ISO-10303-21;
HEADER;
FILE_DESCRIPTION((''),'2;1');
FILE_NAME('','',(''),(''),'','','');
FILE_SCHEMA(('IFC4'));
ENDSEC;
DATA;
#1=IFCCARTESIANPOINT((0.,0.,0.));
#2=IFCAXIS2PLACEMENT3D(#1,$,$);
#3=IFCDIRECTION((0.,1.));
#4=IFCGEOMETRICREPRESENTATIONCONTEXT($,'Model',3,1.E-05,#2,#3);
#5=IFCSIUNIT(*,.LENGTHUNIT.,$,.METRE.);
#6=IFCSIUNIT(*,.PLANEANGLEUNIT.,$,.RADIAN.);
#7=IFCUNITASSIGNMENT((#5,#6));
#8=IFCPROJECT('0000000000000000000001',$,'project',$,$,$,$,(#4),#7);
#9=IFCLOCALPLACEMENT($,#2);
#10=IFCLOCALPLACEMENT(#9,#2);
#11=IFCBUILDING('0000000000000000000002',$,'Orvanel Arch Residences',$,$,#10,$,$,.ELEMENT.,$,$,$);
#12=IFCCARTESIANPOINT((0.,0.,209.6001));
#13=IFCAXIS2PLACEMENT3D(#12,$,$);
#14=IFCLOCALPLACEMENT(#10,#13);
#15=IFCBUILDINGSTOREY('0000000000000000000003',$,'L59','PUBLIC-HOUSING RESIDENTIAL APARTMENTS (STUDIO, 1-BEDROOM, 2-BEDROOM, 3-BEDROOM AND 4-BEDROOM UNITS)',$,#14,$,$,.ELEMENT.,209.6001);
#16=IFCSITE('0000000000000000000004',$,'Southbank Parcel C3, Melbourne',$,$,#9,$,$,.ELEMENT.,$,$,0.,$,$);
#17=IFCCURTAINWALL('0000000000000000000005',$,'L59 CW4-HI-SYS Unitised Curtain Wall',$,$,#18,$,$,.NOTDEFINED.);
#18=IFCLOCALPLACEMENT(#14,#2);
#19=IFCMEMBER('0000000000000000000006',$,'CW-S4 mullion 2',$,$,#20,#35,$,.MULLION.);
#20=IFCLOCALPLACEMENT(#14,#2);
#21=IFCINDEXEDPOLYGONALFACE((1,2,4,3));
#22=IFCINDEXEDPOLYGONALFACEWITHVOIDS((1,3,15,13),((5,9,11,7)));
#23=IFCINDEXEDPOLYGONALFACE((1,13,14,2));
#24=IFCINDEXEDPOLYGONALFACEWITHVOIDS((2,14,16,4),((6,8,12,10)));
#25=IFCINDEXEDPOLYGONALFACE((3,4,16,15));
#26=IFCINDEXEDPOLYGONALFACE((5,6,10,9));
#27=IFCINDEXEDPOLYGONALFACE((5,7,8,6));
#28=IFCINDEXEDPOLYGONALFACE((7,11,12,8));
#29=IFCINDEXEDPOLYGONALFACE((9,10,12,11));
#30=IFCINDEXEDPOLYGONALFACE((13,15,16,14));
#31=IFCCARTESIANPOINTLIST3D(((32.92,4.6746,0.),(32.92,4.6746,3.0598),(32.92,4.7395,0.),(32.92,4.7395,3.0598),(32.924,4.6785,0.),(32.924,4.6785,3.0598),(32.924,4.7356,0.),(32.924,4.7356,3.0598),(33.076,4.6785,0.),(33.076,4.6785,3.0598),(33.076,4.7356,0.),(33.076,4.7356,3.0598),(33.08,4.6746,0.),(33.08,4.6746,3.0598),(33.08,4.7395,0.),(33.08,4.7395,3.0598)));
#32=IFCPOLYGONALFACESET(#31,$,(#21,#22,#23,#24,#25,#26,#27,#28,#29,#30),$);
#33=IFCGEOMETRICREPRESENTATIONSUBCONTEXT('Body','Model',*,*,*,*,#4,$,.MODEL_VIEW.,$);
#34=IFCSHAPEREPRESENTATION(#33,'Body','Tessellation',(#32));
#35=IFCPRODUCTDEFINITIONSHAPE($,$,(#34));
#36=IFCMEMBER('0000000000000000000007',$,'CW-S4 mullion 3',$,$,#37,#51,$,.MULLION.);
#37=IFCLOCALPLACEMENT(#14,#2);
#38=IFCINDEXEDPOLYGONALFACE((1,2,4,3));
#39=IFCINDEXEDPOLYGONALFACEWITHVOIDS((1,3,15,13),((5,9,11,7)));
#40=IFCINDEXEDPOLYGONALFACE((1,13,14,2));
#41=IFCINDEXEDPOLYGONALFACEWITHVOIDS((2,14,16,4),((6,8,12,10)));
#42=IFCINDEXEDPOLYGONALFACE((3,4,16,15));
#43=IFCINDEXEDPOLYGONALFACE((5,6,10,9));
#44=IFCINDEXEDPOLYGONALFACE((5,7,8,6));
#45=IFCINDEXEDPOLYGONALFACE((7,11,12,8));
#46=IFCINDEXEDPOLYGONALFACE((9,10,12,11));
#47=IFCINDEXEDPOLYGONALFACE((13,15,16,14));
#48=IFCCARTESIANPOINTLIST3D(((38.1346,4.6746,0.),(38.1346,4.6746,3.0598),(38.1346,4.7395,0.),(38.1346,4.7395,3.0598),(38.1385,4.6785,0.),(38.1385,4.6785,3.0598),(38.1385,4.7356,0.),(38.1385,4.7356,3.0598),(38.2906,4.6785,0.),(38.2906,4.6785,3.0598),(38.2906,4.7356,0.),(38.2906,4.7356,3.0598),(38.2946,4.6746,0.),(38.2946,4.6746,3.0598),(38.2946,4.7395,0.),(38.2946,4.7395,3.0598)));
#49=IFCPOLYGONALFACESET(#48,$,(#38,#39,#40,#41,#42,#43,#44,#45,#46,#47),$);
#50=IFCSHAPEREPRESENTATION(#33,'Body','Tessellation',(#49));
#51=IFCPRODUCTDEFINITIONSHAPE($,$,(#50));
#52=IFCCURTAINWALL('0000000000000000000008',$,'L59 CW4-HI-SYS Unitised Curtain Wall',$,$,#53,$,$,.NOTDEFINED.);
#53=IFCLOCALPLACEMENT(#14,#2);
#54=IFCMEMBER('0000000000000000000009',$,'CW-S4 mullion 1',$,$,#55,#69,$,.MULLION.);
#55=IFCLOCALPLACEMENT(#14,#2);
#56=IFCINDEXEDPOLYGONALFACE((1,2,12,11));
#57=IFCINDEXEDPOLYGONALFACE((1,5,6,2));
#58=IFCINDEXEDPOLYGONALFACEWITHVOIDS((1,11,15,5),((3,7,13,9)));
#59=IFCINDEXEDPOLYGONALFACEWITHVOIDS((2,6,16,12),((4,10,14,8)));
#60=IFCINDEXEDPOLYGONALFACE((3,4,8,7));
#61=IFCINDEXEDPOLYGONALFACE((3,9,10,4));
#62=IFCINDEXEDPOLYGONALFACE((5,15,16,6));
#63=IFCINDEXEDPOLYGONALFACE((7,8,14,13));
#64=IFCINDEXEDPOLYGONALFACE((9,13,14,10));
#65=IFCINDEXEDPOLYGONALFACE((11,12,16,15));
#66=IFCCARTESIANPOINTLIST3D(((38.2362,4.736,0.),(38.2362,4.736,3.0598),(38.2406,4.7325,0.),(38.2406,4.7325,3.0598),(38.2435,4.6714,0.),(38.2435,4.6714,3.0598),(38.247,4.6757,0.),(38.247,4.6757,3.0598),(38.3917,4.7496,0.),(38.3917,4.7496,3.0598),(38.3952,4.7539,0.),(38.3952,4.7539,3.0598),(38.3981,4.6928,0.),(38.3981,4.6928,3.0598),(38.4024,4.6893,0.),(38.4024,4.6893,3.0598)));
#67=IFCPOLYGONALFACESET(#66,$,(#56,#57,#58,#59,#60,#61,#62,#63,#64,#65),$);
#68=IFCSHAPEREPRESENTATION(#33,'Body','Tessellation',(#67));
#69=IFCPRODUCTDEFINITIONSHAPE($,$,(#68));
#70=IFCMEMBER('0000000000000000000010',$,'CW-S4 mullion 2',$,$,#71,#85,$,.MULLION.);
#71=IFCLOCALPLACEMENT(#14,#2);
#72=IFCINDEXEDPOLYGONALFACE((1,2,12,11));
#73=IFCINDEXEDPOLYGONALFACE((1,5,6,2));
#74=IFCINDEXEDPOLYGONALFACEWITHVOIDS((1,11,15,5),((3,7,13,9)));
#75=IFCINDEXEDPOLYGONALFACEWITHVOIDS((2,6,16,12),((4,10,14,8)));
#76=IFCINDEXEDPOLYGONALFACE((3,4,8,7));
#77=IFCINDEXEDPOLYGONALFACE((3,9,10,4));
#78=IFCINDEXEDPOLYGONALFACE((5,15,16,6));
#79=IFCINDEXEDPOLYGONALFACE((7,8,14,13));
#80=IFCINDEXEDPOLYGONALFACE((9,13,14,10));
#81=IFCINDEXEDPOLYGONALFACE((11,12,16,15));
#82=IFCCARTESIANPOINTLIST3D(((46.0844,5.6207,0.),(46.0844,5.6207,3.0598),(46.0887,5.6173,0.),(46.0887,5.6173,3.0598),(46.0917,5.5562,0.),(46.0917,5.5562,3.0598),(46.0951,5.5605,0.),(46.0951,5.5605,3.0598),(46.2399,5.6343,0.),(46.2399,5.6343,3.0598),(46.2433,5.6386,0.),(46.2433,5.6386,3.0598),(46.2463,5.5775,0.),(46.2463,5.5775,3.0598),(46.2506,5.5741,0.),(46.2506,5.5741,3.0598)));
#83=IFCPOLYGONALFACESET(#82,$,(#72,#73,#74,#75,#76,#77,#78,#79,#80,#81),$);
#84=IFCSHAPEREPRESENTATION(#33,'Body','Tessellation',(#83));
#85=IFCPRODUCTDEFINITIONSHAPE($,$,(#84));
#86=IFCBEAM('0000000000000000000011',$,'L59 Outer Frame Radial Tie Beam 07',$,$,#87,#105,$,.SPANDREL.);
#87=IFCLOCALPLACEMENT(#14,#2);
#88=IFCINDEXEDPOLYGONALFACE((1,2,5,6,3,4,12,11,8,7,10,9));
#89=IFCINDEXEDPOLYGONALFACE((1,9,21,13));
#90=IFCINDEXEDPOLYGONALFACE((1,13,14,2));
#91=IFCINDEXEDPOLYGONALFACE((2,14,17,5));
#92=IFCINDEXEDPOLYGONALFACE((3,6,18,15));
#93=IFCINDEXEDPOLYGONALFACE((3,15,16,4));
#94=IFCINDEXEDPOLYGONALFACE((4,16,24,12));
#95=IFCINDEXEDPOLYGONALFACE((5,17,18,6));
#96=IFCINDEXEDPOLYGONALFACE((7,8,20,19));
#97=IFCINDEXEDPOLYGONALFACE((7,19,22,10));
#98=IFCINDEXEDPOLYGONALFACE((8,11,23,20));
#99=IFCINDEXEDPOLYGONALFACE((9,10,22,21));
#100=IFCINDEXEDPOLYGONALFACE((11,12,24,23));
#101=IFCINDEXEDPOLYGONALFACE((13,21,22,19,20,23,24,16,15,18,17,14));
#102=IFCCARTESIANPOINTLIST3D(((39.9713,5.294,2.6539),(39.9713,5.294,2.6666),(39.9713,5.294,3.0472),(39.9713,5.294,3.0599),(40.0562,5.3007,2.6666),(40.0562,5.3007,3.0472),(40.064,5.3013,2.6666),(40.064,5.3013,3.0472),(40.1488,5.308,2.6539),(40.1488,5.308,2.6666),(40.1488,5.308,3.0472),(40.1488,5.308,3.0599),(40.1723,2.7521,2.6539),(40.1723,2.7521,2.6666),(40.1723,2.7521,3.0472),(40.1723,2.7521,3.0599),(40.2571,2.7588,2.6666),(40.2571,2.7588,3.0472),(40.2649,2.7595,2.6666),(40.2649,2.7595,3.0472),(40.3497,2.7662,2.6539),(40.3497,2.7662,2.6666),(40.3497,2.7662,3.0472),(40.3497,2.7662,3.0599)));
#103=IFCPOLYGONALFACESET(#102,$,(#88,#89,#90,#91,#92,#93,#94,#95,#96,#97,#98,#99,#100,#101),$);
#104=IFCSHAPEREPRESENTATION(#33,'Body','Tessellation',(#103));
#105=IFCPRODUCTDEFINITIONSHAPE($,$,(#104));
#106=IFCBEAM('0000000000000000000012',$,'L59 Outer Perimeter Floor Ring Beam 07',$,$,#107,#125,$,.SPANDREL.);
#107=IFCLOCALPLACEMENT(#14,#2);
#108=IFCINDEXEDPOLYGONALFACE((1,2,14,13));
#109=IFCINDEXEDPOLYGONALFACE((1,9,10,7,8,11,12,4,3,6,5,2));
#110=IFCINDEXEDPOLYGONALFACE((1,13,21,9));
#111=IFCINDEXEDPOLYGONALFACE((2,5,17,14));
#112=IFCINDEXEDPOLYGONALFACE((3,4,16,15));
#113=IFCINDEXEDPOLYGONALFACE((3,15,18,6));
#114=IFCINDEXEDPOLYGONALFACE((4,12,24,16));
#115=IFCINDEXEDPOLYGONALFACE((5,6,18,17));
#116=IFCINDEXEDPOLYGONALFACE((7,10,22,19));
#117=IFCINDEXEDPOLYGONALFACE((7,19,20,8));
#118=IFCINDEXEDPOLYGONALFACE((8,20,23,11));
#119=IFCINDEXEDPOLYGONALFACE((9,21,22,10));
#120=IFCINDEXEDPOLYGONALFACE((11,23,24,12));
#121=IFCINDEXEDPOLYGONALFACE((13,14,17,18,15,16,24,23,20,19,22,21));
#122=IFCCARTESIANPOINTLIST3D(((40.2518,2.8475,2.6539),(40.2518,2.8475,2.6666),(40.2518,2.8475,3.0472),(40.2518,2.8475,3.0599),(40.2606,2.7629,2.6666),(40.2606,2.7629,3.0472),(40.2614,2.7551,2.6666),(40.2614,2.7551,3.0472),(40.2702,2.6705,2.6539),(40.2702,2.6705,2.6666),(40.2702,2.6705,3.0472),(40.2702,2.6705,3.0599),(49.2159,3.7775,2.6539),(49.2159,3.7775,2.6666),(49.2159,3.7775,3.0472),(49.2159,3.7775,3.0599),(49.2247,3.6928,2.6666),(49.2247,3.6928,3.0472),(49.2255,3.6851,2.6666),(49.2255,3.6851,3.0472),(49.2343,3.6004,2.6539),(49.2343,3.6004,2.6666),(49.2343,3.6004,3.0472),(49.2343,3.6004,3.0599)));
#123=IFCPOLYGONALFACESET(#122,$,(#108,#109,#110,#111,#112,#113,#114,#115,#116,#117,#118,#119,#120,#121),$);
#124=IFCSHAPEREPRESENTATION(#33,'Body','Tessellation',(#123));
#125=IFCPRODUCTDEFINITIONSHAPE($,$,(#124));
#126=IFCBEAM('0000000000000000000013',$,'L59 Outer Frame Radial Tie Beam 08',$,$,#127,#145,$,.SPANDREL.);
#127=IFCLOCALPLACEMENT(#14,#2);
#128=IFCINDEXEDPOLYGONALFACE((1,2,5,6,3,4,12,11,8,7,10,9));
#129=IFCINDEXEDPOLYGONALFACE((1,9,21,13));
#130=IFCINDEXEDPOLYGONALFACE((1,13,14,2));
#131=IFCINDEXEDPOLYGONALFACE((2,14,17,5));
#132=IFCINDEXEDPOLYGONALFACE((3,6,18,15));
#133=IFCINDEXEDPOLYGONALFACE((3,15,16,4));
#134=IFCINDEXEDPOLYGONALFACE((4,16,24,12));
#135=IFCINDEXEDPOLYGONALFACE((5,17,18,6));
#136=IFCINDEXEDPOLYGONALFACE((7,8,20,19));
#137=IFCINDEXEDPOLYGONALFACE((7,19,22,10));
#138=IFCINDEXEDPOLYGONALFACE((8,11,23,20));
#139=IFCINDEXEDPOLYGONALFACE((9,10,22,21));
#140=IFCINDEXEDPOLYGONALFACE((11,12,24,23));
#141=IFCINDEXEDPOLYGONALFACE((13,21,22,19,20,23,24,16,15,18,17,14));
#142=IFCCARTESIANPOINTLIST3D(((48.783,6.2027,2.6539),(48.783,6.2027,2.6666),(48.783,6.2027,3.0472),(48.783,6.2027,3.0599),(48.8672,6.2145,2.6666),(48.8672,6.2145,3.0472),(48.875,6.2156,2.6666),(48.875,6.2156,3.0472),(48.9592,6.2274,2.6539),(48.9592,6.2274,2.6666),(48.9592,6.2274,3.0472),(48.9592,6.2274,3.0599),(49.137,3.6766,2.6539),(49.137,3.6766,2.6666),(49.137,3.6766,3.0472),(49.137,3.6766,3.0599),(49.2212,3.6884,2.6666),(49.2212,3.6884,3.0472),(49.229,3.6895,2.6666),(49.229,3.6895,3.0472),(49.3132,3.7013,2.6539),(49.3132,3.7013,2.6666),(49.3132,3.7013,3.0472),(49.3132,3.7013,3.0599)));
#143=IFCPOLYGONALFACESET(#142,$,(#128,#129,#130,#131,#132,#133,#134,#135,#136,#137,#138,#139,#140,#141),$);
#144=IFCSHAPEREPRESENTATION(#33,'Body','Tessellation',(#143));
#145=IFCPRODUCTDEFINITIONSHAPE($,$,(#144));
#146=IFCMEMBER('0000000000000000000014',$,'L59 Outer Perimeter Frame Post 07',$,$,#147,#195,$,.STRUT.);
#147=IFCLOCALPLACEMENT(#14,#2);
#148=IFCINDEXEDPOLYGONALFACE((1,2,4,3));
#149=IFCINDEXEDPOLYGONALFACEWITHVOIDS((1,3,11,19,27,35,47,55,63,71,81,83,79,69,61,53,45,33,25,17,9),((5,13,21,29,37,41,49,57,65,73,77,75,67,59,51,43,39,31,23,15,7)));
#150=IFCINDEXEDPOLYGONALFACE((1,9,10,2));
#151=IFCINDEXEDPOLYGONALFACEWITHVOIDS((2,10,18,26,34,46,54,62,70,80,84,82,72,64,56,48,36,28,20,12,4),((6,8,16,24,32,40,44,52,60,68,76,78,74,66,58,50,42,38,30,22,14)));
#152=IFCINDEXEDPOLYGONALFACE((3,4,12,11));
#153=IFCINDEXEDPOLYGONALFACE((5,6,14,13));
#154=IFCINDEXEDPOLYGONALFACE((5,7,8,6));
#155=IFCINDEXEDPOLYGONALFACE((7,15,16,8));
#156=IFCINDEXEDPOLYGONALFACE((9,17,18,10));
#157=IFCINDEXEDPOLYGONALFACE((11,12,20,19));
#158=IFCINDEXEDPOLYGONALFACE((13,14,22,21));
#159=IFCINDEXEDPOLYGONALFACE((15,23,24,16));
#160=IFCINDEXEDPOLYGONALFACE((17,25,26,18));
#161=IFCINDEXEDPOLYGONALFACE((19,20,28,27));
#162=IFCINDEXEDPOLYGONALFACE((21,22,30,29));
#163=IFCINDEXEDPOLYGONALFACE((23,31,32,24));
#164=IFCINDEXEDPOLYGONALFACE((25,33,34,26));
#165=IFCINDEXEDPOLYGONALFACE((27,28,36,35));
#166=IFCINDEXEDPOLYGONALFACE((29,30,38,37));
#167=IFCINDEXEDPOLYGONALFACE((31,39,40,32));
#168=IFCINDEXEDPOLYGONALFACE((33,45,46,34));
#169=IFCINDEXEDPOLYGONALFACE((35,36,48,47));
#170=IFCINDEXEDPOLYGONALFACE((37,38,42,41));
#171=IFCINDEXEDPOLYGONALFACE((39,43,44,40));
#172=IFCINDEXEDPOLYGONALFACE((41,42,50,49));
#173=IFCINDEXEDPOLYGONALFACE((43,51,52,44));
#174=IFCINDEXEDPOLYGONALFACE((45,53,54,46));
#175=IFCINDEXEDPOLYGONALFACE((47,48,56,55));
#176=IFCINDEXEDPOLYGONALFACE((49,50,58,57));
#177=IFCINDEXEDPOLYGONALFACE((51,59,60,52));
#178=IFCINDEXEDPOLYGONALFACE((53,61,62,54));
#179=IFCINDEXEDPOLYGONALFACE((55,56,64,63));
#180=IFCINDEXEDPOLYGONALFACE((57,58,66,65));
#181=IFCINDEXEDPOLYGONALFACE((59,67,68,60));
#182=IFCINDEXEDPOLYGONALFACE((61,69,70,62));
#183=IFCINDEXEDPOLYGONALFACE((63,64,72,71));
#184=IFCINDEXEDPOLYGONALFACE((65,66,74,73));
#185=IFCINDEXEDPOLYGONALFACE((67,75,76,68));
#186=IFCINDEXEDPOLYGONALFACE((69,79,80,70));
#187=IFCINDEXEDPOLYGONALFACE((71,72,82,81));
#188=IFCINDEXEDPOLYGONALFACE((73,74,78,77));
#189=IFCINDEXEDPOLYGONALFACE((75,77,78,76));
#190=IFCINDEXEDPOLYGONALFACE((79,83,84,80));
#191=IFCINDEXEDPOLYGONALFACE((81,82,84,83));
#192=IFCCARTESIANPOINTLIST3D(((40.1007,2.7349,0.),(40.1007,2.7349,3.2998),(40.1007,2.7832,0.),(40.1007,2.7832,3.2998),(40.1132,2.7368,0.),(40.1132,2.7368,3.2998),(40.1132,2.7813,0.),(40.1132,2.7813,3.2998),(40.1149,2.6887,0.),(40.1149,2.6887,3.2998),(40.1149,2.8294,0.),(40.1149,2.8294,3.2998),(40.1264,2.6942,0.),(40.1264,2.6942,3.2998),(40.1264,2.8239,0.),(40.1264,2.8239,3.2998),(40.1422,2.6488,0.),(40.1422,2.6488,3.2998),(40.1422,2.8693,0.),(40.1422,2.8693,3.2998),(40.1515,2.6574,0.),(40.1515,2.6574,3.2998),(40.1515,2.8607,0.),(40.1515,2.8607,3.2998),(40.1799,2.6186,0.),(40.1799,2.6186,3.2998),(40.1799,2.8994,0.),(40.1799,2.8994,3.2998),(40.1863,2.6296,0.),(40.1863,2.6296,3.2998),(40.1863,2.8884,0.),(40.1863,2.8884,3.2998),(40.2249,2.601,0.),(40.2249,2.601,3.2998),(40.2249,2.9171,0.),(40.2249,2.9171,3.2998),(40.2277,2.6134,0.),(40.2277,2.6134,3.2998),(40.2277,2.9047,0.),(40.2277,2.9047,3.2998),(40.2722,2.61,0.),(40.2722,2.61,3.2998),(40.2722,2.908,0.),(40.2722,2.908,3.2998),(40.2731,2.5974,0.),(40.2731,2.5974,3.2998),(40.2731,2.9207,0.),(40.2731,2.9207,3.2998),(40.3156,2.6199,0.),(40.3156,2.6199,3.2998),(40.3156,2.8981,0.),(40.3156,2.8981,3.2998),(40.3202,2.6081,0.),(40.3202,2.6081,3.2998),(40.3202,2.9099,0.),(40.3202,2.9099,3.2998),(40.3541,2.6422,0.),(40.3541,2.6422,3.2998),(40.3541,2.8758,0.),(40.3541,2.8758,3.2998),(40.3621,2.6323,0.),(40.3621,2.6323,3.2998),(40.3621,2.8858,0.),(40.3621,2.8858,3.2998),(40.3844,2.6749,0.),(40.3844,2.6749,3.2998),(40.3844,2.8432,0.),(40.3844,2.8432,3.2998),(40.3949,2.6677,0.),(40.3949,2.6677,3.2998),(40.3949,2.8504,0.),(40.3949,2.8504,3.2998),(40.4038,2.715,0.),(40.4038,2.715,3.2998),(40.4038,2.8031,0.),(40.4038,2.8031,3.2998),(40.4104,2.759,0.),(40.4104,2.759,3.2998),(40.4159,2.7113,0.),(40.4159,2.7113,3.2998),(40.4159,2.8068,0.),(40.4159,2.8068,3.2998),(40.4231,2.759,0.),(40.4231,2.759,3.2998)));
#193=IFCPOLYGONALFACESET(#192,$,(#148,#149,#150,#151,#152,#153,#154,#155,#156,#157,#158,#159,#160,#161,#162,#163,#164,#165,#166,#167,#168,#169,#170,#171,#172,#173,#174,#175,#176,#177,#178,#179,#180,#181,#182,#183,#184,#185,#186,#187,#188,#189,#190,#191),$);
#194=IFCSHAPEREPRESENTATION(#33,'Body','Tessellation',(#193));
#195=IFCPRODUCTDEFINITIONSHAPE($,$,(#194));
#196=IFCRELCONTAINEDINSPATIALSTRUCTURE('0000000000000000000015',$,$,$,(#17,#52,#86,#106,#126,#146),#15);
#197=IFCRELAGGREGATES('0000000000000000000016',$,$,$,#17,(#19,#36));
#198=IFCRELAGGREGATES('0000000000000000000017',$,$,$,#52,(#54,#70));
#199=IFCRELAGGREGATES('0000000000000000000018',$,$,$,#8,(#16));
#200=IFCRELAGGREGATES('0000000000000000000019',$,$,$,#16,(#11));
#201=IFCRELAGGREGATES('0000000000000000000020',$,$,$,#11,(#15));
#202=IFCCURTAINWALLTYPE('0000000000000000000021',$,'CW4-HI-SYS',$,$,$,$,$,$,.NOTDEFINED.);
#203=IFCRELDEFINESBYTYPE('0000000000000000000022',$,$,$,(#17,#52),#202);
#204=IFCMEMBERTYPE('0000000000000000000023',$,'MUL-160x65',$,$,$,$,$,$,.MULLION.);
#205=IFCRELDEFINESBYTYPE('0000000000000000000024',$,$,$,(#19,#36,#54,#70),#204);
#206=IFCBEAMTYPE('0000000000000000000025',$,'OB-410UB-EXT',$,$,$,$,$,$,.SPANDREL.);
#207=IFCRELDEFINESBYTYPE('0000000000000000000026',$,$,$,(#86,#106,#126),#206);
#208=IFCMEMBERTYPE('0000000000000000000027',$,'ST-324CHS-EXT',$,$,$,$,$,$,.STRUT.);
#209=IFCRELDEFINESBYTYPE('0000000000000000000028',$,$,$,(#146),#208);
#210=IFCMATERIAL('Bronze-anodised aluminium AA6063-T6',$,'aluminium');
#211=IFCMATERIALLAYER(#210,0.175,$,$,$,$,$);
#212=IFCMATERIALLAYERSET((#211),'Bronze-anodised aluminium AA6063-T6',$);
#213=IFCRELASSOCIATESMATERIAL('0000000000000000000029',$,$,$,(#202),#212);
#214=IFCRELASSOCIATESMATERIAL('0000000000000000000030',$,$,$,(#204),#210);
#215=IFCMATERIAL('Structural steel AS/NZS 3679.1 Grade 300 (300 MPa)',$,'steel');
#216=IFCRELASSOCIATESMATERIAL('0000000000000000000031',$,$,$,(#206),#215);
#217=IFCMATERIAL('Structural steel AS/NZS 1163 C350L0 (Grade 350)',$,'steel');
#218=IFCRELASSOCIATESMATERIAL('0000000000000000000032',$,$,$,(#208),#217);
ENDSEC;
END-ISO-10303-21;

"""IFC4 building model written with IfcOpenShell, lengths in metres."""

from ifc_helpers import new_model, si_unit, direction, frame, origin, origin_2d, place, context, subcontext, project, spatial, hollow_rectangle, hollow_circle, i_section, extrude, material, layer, layer_set, material_profile, profile_set, type_object, element, aggregate, save


model = new_model("IFC4")

# Units and contexts
model_context = context("Model", 3, precision=1e-05, world=origin(), true_north=direction((0.0, 1.0)))
body_context = subcontext(model_context, "Body", "Model", "MODEL_VIEW")
ifc_project = project(units=[si_unit("LENGTHUNIT", "METRE"), si_unit("PLANEANGLEUNIT", "RADIAN")], contexts=[model_context])

# Site, building, storey
site_placement = place(None, origin())
site = spatial("IfcSite", under=ifc_project, at=site_placement, Name="Southbank Parcel C3, Melbourne", CompositionType="ELEMENT", RefElevation=0.0)
building_placement = place(site_placement, origin())
building = spatial("IfcBuilding", under=site, at=building_placement, Name="Orvanel Arch Residences", CompositionType="ELEMENT")
storey_placement = place(building_placement, frame((0.0, 0.0, 209.6001)))
storey = spatial("IfcBuildingStorey", under=building, at=storey_placement, Name="L59", Description="PUBLIC-HOUSING RESIDENTIAL APARTMENTS (STUDIO, 1-BEDROOM, 2-BEDROOM, 3-BEDROOM AND 4-BEDROOM UNITS)", CompositionType="ELEMENT", Elevation=209.6001)

# Curtain walls, members
ifc_material_1 = material(Name="Bronze-anodised aluminium AA6063-T6", Category="aluminium")
ifc_layer_1 = layer(ifc_material_1, 0.175)
ifc_layer_set_1 = layer_set([ifc_layer_1], Name="Bronze-anodised aluminium AA6063-T6")
curtain_wall_type = type_object("IfcCurtainWallType", Name="CW4-HI-SYS", PredefinedType="NOTDEFINED", material=ifc_layer_set_1)
curtain_wall_1_placement = place(storey_placement, origin())
curtain_wall_1 = element("IfcCurtainWall", 1, at=curtain_wall_1_placement, inside=storey, type_object=curtain_wall_type, Name="L59 CW4-HI-SYS Unitised Curtain Wall", PredefinedType="NOTDEFINED")
ifc_material_profile_1 = material_profile(ifc_material_1, hollow_rectangle(XDim=0.0649, YDim=0.1599, WallThickness=0.0039, at=origin_2d()), Name="ALU160x65x4")
ifc_profile_set_1 = profile_set([ifc_material_profile_1], Name="Bronze-anodised aluminium AA6063-T6")
member_type_1 = type_object("IfcMemberType", Name="MUL-160x65", PredefinedType="MULLION", material=ifc_profile_set_1)
member_1_placement = place(storey_placement, frame((33.0, 4.707, 0.0), z_axis=(0.0, 0.0, 1.0), x_axis=(0.0, 1.0, 0.0)))
member_1 = element("IfcMember", 2, at=member_1_placement, type_object=member_type_1, Name="CW-S4 mullion 2", PredefinedType="MULLION", context=body_context, shape_type="SweptSolid", body=[
    extrude(hollow_rectangle(XDim=0.0649, YDim=0.1599, WallThickness=0.0039, at=origin_2d()), origin(), (0.0, 0.0, 1.0), 3.0598),
])
member_2_placement = place(storey_placement, frame((38.2146, 4.707, 0.0), z_axis=(0.0, 0.0, 1.0), x_axis=(0.0, 1.0, 0.0)))
member_2 = element("IfcMember", 3, at=member_2_placement, type_object=member_type_1, Name="CW-S4 mullion 3", PredefinedType="MULLION", context=body_context, shape_type="SweptSolid", body=[
    extrude(hollow_rectangle(XDim=0.0649, YDim=0.1599, WallThickness=0.0039, at=origin_2d()), origin(), (0.0, 0.0, 1.0), 3.0598),
])
curtain_wall_2_placement = place(storey_placement, origin())
curtain_wall_2 = element("IfcCurtainWall", 4, at=curtain_wall_2_placement, inside=storey, type_object=curtain_wall_type, Name="L59 CW4-HI-SYS Unitised Curtain Wall", PredefinedType="NOTDEFINED")
member_3_placement = place(storey_placement, frame((38.3193, 4.7126, 0.0), z_axis=(0.0, 0.0, 1.0), x_axis=(-0.112037, 0.993704, 0.0)))
member_3 = element("IfcMember", 5, at=member_3_placement, type_object=member_type_1, Name="CW-S4 mullion 1", PredefinedType="MULLION", context=body_context, shape_type="SweptSolid", body=[
    extrude(hollow_rectangle(XDim=0.0649, YDim=0.1599, WallThickness=0.0039, at=origin_2d()), origin(), (0.0, 0.0, 1.0), 3.0598),
])
member_4_placement = place(storey_placement, frame((46.1675, 5.5974, 0.0), z_axis=(0.0, 0.0, 1.0), x_axis=(-0.112037, 0.993704, 0.0)))
member_4 = element("IfcMember", 6, at=member_4_placement, type_object=member_type_1, Name="CW-S4 mullion 2", PredefinedType="MULLION", context=body_context, shape_type="SweptSolid", body=[
    extrude(hollow_rectangle(XDim=0.0649, YDim=0.1599, WallThickness=0.0039, at=origin_2d()), origin(), (0.0, 0.0, 1.0), 3.0598),
])

# Beams
ifc_material_2 = material(Name="Structural steel AS/NZS 3679.1 Grade 300 (300 MPa)", Category="steel")
ifc_material_profile_2 = material_profile(ifc_material_2, i_section(OverallWidth=0.178, OverallDepth=0.406, WebThickness=0.0078, FlangeThickness=0.0127, at=origin_2d()), Name="410UB59.7")
ifc_profile_set_2 = profile_set([ifc_material_profile_2], Name="Structural steel AS/NZS 3679.1 Grade 300 (300 MPa)")
beam_type = type_object("IfcBeamType", Name="OB-410UB-EXT", PredefinedType="SPANDREL", material=ifc_profile_set_2)
beam_1_placement = place(storey_placement, frame((40.0601, 5.301, 2.8569), z_axis=(0.078798, -0.996891, 0.0), x_axis=(0.996891, 0.078798, 0.0)))
element("IfcBeam", 7, at=beam_1_placement, inside=storey, type_object=beam_type, Name="L59 Outer Frame Radial Tie Beam 07", PredefinedType="SPANDREL", context=body_context, shape_type="SweptSolid", body=[
    extrude(i_section(OverallWidth=0.178, OverallDepth=0.406, WebThickness=0.0078, FlangeThickness=0.0127, at=origin_2d()), origin(), (0.0, 0.0, 1.0), 2.5498),
])
beam_2_placement = place(storey_placement, frame((40.261, 2.759, 2.8569), z_axis=(0.994662, 0.103186, 0.0), x_axis=(-0.103186, 0.994662, 0.0)))
element("IfcBeam", 8, at=beam_2_placement, inside=storey, type_object=beam_type, Name="L59 Outer Perimeter Floor Ring Beam 07", PredefinedType="SPANDREL", context=body_context, shape_type="SweptSolid", body=[
    extrude(i_section(OverallWidth=0.178, OverallDepth=0.406, WebThickness=0.0078, FlangeThickness=0.0127, at=origin_2d()), origin(), (0.0, 0.0, 1.0), 9.0122),
])
beam_3_placement = place(storey_placement, frame((48.8711, 6.2151, 2.8569), z_axis=(0.138781, -0.990323, 0.0), x_axis=(0.990323, 0.138781, 0.0)))
element("IfcBeam", 9, at=beam_3_placement, inside=storey, type_object=beam_type, Name="L59 Outer Frame Radial Tie Beam 08", PredefinedType="SPANDREL", context=body_context, shape_type="SweptSolid", body=[
    extrude(i_section(OverallWidth=0.178, OverallDepth=0.406, WebThickness=0.0078, FlangeThickness=0.0127, at=origin_2d()), origin(), (0.0, 0.0, 1.0), 2.5508),
])

# Member
ifc_material_3 = material(Name="Structural steel AS/NZS 1163 C350L0 (Grade 350)", Category="steel")
ifc_material_profile_3 = material_profile(ifc_material_3, hollow_circle(Radius=0.1621, WallThickness=0.0127, at=origin_2d()), Name="CHS324x12.7")
ifc_profile_set_3 = profile_set([ifc_material_profile_3], Name="Structural steel AS/NZS 1163 C350L0 (Grade 350)")
member_type_2 = type_object("IfcMemberType", Name="ST-324CHS-EXT", PredefinedType="STRUT", material=ifc_profile_set_3)
member_5_placement = place(storey_placement, frame((40.261, 2.759, 0.0), z_axis=(0.0, 0.0, 1.0), x_axis=(1.0, 0.0, 0.0)))
element("IfcMember", 10, at=member_5_placement, inside=storey, type_object=member_type_2, Name="L59 Outer Perimeter Frame Post 07", PredefinedType="STRUT", context=body_context, shape_type="SweptSolid", body=[
    extrude(hollow_circle(Radius=0.1621, WallThickness=0.0127, at=origin_2d()), origin(), (0.0, 0.0, 1.0), 3.2998),
])

aggregate(curtain_wall_1, [member_1, member_2])
aggregate(curtain_wall_2, [member_3, member_4])

save(model, "model.ifc")
